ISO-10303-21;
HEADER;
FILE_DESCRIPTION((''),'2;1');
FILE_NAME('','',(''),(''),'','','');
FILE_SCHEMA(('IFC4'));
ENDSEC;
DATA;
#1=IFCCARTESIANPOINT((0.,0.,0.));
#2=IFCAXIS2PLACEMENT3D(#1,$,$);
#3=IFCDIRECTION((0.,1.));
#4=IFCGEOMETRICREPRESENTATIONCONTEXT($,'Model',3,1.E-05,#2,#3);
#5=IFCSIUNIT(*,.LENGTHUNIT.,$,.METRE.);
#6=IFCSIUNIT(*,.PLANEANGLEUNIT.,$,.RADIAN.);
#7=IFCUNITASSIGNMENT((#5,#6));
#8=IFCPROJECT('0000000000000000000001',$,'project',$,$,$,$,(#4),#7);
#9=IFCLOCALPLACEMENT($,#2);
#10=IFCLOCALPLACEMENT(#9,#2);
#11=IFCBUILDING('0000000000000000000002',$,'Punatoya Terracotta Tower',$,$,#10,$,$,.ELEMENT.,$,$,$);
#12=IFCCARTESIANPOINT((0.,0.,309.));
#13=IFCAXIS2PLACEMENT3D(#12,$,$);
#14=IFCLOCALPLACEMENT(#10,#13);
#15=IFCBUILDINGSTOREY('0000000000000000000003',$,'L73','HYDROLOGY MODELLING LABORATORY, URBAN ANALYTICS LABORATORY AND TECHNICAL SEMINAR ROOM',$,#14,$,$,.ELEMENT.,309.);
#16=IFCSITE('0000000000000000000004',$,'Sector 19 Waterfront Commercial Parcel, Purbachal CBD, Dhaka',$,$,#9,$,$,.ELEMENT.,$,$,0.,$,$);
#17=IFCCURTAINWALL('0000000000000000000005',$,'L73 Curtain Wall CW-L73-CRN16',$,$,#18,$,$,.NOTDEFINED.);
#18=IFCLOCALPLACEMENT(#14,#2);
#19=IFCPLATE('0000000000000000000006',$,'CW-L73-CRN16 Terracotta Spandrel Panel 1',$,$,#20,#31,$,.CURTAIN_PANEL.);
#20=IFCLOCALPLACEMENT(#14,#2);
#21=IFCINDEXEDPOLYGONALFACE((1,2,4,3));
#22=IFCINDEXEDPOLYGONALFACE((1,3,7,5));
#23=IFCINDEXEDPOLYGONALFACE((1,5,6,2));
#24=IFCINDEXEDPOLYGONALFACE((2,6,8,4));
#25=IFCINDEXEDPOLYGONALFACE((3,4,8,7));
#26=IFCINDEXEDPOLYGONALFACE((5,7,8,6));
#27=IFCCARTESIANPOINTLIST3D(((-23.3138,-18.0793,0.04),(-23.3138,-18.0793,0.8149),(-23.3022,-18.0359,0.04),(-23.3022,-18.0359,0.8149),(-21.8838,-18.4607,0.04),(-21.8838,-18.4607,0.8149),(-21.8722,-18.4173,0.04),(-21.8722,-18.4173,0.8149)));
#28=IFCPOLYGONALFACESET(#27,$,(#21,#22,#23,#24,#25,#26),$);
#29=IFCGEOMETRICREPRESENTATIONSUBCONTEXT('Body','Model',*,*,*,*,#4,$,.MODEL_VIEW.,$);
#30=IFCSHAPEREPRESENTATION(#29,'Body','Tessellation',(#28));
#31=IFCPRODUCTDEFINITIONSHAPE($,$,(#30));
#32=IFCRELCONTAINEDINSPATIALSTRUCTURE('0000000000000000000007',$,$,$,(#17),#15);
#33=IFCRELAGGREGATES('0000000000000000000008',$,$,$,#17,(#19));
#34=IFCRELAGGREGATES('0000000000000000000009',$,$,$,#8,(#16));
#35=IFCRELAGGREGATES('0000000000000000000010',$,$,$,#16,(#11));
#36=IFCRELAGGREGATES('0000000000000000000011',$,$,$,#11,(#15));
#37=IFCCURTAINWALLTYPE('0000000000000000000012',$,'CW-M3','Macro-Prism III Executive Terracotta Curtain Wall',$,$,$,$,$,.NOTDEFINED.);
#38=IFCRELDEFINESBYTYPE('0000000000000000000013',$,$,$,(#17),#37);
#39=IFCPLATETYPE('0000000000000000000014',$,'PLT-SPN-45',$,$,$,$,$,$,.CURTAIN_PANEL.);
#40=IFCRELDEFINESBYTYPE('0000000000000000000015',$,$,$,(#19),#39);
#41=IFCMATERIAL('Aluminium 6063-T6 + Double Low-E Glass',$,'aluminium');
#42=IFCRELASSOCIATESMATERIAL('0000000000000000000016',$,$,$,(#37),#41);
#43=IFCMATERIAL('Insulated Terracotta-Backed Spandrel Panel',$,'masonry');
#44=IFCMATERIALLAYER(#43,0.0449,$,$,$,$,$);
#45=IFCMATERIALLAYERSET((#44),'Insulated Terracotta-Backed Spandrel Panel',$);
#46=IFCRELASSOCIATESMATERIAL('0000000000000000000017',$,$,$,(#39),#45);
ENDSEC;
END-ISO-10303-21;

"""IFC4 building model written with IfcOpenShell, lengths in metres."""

from ifc_helpers import new_model, si_unit, direction, frame, origin, origin_2d, place, context, subcontext, project, spatial, rectangle, extrude, material, layer, layer_set, type_object, element, aggregate, save


model = new_model("IFC4")

# Units and contexts
model_context = context("Model", 3, precision=1e-05, world=origin(), true_north=direction((0.0, 1.0)))
body_context = subcontext(model_context, "Body", "Model", "MODEL_VIEW")
ifc_project = project(units=[si_unit("LENGTHUNIT", "METRE"), si_unit("PLANEANGLEUNIT", "RADIAN")], contexts=[model_context])

# Site, building, storey
site_placement = place(None, origin())
site = spatial("IfcSite", under=ifc_project, at=site_placement, Name="Sector 19 Waterfront Commercial Parcel, Purbachal CBD, Dhaka", CompositionType="ELEMENT", RefElevation=0.0)
building_placement = place(site_placement, origin())
building = spatial("IfcBuilding", under=site, at=building_placement, Name="Punatoya Terracotta Tower", CompositionType="ELEMENT")
storey_placement = place(building_placement, frame((0.0, 0.0, 309.0)))
storey = spatial("IfcBuildingStorey", under=building, at=storey_placement, Name="L73", Description="HYDROLOGY MODELLING LABORATORY, URBAN ANALYTICS LABORATORY AND TECHNICAL SEMINAR ROOM", CompositionType="ELEMENT", Elevation=309.0)

# Shared definitions
ifc_material_1 = material(Name="Aluminium 6063-T6 + Double Low-E Glass", Category="aluminium")
curtain_wall_type = type_object("IfcCurtainWallType", Name="CW-M3", Description="Macro-Prism III Executive Terracotta Curtain Wall", PredefinedType="NOTDEFINED", material=ifc_material_1)

# Curtain wall
curtain_wall_1_placement = place(storey_placement, origin())
curtain_wall_1 = element("IfcCurtainWall", 1, at=curtain_wall_1_placement, inside=storey, type_object=curtain_wall_type, Name="L73 Curtain Wall CW-L73-CRN16", PredefinedType="NOTDEFINED")

# Plate
ifc_material_2 = material(Name="Insulated Terracotta-Backed Spandrel Panel", Category="masonry")
ifc_layer_1 = layer(ifc_material_2, 0.0449)
ifc_layer_set_1 = layer_set([ifc_layer_1], Name="Insulated Terracotta-Backed Spandrel Panel")
plate_type_1 = type_object("IfcPlateType", Name="PLT-SPN-45", PredefinedType="CURTAIN_PANEL", material=ifc_layer_set_1)
plate_1_placement = place(storey_placement, frame((-22.593, -18.2483, 0.04), z_axis=(0.0, 0.0, 1.0), x_axis=(0.966214, -0.257742, 0.0)))
plate_1 = element("IfcPlate", 2, at=plate_1_placement, type_object=plate_type_1, Name="CW-L73-CRN16 Terracotta Spandrel Panel 1", PredefinedType="CURTAIN_PANEL", context=body_context, shape_type="SweptSolid", body=[
    extrude(rectangle(XDim=1.48, YDim=0.0449, at=origin_2d()), origin(), (0.0, 0.0, 1.0), 0.7749),
])
aggregate(curtain_wall_1, [plate_1])

save(model, "model.ifc")
